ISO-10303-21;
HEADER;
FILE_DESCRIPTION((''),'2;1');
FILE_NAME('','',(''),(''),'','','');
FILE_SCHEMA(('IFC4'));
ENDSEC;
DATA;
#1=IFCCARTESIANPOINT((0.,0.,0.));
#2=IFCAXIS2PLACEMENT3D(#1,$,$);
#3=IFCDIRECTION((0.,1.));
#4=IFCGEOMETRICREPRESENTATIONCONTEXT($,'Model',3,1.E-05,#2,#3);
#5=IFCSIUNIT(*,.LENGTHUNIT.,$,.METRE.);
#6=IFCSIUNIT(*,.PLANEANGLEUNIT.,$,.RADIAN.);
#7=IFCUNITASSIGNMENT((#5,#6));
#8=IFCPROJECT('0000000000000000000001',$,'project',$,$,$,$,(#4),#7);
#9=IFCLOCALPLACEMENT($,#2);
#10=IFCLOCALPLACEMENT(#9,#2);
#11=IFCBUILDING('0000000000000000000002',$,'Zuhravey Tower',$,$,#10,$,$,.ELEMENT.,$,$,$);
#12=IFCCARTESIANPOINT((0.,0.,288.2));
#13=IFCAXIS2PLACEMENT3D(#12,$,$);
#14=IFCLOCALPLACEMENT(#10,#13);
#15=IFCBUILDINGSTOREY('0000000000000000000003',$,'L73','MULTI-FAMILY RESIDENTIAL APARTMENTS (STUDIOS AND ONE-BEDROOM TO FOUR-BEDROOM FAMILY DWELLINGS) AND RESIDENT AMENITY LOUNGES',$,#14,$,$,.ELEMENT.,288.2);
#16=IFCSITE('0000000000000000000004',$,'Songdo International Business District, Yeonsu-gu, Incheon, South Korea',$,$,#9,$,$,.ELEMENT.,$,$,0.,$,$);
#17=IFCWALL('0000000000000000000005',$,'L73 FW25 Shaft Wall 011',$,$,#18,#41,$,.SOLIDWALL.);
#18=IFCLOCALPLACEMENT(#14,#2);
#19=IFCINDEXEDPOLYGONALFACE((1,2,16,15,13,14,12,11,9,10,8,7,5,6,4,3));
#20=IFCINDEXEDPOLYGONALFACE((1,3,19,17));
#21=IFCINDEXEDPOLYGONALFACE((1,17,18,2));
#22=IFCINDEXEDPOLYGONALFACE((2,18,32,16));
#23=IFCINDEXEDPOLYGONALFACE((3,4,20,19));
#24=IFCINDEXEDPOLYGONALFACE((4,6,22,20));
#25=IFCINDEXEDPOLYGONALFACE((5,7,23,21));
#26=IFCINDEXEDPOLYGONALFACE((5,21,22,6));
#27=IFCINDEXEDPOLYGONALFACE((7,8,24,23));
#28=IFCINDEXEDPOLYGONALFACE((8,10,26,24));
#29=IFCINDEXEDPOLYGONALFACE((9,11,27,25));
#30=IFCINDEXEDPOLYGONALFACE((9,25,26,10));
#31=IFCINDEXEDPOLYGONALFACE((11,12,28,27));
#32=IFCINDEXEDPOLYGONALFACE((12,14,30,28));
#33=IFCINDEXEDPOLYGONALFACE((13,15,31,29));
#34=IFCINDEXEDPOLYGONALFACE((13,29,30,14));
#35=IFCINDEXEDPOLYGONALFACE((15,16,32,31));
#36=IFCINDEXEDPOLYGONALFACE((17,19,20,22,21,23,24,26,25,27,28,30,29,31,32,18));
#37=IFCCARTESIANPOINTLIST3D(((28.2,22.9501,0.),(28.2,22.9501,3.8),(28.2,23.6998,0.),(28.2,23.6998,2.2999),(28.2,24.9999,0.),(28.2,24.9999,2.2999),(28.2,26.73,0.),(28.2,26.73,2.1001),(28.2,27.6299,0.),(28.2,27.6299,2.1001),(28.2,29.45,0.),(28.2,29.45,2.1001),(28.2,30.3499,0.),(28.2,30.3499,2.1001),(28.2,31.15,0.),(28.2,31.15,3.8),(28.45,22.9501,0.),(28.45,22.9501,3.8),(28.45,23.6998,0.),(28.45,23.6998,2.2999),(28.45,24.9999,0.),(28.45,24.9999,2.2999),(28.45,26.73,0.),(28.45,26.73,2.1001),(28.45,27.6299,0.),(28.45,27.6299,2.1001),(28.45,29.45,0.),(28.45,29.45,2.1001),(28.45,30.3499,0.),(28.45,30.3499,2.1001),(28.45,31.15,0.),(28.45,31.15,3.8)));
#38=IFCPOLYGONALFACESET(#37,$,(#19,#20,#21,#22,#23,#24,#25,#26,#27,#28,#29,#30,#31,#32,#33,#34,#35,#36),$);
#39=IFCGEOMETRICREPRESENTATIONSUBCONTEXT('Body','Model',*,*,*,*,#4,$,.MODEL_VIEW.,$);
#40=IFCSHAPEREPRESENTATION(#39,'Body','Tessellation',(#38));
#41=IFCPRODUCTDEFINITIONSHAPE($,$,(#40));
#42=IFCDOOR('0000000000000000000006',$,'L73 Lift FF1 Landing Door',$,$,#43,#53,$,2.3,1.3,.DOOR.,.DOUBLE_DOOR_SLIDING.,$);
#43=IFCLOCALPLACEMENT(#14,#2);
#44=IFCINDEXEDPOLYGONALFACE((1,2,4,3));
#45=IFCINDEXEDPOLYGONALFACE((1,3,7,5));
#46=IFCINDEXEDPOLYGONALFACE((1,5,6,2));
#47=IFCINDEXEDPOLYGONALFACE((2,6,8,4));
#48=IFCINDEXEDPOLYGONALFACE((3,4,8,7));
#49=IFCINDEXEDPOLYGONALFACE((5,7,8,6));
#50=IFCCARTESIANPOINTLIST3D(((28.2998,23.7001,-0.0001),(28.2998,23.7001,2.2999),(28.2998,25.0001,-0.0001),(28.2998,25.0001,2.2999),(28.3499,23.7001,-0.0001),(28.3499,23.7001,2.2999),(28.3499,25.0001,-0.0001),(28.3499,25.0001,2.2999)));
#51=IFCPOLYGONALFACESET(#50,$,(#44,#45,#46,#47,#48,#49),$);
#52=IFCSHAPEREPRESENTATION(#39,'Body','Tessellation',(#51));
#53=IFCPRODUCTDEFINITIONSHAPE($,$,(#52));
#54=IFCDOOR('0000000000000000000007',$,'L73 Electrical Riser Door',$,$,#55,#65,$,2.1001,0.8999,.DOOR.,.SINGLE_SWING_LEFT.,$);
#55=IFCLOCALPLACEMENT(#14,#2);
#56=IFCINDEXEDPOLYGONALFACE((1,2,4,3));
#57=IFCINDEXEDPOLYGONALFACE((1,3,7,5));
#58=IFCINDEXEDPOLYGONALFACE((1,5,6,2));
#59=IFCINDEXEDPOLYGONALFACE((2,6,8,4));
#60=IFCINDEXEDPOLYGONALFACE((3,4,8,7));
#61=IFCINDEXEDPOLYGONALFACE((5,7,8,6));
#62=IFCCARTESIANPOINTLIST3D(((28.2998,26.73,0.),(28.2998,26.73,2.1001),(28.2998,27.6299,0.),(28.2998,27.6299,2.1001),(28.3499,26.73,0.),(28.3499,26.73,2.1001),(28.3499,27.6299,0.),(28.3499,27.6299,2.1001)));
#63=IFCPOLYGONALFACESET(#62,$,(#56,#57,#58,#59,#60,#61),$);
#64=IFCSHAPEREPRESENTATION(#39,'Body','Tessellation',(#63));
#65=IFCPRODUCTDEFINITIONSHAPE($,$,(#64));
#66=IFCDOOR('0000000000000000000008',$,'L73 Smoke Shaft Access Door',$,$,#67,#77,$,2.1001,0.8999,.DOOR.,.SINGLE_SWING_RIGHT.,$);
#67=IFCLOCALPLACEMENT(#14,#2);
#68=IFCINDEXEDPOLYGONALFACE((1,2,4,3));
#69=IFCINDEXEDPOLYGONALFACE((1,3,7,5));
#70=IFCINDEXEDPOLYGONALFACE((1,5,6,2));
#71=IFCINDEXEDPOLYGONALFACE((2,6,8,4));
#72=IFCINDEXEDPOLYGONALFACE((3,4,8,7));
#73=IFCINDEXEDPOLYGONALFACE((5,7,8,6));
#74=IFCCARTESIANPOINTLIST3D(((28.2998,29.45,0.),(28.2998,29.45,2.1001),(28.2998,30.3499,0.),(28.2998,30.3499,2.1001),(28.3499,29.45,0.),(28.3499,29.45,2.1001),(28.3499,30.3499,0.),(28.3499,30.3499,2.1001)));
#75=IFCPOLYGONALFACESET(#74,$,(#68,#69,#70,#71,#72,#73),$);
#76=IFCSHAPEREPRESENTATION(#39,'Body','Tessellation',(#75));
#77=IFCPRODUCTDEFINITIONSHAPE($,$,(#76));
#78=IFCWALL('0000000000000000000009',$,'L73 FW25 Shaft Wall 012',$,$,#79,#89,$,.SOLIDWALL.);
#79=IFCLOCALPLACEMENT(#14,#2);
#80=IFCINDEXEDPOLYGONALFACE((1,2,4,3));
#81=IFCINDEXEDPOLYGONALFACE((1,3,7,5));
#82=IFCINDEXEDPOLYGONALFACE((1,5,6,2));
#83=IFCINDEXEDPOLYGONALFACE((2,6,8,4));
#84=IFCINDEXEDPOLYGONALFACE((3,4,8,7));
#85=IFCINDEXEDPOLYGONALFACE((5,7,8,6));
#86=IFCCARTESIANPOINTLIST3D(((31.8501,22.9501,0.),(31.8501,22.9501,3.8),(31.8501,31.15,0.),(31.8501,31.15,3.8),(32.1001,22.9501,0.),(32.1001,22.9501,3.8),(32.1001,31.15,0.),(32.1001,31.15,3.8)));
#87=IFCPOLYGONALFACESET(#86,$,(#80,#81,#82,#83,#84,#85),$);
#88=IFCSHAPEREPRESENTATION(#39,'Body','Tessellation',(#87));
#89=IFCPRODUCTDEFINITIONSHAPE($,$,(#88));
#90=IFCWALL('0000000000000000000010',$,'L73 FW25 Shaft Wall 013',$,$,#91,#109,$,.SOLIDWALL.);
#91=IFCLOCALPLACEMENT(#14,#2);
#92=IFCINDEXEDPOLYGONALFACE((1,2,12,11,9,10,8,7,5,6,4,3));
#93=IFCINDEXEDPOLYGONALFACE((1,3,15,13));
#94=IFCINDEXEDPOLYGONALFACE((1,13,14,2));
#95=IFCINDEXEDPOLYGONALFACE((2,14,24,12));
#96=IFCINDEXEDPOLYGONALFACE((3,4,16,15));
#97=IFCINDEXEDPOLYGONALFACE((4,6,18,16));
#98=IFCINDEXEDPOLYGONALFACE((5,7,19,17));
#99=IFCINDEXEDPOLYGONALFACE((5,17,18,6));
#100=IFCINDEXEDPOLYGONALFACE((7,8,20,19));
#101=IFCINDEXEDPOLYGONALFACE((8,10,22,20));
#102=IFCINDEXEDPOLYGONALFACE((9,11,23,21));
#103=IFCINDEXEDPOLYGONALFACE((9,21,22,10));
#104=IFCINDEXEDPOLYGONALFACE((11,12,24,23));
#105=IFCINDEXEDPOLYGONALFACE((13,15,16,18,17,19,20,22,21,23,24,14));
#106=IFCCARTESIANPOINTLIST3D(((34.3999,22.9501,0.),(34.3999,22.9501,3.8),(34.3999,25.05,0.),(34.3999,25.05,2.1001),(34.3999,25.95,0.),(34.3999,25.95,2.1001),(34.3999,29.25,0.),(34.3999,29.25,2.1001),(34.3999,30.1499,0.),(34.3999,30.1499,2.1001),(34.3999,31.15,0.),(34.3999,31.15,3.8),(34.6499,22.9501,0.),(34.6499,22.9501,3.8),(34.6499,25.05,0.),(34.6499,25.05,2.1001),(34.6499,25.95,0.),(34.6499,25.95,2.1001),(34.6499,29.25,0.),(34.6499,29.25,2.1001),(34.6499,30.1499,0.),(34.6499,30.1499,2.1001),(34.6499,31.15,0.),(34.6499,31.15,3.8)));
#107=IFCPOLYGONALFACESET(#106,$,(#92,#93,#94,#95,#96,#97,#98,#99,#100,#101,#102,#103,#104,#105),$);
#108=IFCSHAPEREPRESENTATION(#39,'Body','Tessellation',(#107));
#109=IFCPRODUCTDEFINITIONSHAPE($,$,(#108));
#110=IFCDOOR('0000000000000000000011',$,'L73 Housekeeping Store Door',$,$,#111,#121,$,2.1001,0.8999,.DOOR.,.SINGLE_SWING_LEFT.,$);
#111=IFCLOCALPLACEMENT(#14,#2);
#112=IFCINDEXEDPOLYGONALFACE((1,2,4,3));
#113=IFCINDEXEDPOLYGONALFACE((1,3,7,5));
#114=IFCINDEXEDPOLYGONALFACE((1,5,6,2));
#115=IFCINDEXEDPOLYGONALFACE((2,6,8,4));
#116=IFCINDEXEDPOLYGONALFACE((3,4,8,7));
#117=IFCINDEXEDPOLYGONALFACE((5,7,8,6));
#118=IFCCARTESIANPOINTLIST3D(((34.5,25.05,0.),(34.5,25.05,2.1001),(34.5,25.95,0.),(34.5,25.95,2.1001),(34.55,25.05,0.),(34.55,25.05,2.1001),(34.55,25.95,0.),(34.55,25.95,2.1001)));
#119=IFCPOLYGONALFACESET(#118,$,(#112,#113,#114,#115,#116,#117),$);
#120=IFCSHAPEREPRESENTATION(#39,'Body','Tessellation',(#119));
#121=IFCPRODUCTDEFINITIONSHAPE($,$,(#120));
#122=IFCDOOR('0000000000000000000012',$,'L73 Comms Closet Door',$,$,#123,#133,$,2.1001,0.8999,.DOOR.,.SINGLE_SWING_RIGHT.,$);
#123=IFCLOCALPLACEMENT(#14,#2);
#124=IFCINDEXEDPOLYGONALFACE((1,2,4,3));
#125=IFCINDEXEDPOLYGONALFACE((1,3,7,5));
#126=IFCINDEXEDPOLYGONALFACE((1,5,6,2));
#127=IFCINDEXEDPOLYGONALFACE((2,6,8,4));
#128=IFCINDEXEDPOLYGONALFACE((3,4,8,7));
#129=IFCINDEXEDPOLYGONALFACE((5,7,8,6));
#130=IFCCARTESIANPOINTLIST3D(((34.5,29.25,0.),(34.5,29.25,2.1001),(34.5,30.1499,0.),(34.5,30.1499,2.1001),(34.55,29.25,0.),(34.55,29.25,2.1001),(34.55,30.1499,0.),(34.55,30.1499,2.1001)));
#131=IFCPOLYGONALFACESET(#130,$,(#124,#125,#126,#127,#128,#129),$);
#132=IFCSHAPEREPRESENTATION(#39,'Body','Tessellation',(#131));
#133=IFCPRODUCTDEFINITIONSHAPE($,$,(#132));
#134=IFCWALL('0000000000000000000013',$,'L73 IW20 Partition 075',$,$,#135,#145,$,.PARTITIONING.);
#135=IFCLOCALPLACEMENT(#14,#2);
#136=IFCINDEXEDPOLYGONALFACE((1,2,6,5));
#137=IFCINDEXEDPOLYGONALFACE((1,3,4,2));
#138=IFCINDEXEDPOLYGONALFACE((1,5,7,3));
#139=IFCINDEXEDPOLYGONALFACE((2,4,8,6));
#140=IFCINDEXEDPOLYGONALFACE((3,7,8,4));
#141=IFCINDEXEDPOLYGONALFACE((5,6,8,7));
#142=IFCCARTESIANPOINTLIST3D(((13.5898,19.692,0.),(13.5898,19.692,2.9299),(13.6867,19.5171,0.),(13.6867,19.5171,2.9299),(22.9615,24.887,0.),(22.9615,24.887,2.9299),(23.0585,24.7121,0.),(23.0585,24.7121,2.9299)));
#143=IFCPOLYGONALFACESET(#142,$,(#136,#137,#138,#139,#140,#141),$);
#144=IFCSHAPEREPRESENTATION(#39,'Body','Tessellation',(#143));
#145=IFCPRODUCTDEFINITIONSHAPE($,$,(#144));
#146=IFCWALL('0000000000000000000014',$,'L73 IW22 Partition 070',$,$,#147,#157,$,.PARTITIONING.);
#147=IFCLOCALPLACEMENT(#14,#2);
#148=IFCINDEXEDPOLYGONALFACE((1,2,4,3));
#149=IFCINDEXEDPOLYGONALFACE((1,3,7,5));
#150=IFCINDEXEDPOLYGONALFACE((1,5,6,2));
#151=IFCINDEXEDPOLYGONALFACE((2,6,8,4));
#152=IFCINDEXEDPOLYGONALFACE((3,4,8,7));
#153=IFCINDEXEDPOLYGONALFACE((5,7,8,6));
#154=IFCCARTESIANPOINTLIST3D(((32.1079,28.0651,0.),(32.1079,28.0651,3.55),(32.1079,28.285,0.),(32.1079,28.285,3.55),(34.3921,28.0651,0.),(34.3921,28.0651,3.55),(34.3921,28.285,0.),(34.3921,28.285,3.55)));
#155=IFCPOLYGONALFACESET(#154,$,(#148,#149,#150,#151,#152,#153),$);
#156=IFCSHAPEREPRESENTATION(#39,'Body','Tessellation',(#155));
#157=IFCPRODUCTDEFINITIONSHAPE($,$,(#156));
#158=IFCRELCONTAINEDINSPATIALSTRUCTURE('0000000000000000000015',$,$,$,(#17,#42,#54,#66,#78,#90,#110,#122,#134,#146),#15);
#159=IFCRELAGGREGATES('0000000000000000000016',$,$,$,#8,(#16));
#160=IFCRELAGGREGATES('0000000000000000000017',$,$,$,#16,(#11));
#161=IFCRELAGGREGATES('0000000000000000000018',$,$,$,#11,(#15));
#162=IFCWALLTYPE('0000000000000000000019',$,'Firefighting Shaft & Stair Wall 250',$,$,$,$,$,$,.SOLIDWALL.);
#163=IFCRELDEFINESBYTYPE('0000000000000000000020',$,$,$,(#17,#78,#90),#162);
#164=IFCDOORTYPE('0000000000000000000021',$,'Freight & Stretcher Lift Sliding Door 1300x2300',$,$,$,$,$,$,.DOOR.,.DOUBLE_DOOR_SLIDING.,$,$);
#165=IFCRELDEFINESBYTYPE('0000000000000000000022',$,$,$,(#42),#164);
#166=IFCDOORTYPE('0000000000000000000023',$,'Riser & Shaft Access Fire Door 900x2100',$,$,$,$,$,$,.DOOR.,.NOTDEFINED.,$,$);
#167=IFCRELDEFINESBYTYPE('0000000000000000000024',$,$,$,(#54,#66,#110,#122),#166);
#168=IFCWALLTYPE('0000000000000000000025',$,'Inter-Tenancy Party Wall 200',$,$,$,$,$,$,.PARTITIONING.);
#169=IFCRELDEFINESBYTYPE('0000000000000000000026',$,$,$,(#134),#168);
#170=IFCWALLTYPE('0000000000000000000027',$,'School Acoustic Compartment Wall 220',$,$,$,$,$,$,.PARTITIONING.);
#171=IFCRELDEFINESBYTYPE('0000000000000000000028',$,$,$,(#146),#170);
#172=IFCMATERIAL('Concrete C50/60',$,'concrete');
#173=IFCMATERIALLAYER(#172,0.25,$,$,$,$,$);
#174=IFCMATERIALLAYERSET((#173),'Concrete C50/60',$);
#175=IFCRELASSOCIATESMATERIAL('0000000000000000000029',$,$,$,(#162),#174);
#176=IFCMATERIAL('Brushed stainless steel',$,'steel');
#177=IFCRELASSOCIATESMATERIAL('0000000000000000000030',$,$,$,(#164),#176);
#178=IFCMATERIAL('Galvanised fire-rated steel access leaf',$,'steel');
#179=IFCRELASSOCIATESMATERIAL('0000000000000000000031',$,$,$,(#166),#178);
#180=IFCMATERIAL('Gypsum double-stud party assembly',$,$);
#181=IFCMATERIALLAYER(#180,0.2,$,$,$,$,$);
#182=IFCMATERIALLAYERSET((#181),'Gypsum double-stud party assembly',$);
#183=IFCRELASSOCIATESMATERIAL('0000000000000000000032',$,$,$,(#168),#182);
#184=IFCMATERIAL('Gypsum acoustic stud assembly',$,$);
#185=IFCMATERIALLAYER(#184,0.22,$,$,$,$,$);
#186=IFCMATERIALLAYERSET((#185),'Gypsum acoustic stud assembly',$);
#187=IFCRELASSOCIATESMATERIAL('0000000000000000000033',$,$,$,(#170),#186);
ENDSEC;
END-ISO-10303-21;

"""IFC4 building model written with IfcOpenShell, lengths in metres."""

from ifc_helpers import new_model, si_unit, direction, frame, frame_2d, origin, place, context, subcontext, project, spatial, rectangle, extrude, material, layer, layer_set, type_object, element, fill, save


model = new_model("IFC4")

# Units and contexts
model_context = context("Model", 3, precision=1e-05, world=origin(), true_north=direction((0.0, 1.0)))
body_context = subcontext(model_context, "Body", "Model", "MODEL_VIEW")
ifc_project = project(units=[si_unit("LENGTHUNIT", "METRE"), si_unit("PLANEANGLEUNIT", "RADIAN")], contexts=[model_context])

# Site, building, storey
site_placement = place(None, origin())
site = spatial("IfcSite", under=ifc_project, at=site_placement, Name="Songdo International Business District, Yeonsu-gu, Incheon, South Korea", CompositionType="ELEMENT", RefElevation=0.0)
building_placement = place(site_placement, origin())
building = spatial("IfcBuilding", under=site, at=building_placement, Name="Zuhravey Tower", CompositionType="ELEMENT")
storey_placement = place(building_placement, frame((0.0, 0.0, 288.2)))
storey = spatial("IfcBuildingStorey", under=building, at=storey_placement, Name="L73", Description="MULTI-FAMILY RESIDENTIAL APARTMENTS (STUDIOS AND ONE-BEDROOM TO FOUR-BEDROOM FAMILY DWELLINGS) AND RESIDENT AMENITY LOUNGES", CompositionType="ELEMENT", Elevation=288.2)

# Shared definitions
ifc_material_1 = material(Name="Concrete C50/60", Category="concrete")

# Shared definitions
ifc_layer_1 = layer(ifc_material_1, 0.25)
ifc_layer_set_1 = layer_set([ifc_layer_1], Name="Concrete C50/60")
wall_type_1 = type_object("IfcWallType", Name="Firefighting Shaft & Stair Wall 250", PredefinedType="SOLIDWALL", material=ifc_layer_set_1)

# Wall, openings, doors
wall_1_placement = place(storey_placement, frame((28.325, 22.95, 0.0), z_axis=(0.0, 0.0, 1.0), x_axis=(0.0, 1.0, 0.0)))
wall_1 = element("IfcWall", 1, at=wall_1_placement, inside=storey, type_object=wall_type_1, Name="L73 FW25 Shaft Wall 011", PredefinedType="SOLIDWALL", context=body_context, shape_type="SweptSolid", body=[
    extrude(rectangle(XDim=8.2, YDim=0.25, at=frame_2d((4.1001, 0.0))), origin(), (0.0, 0.0, 1.0), 3.8),
])
opening_1_placement = place(wall_1_placement, frame((0.75, 0.0, 0.0)))
opening_1 = element("IfcOpeningElement", 2, at=opening_1_placement, cuts=wall_1, PredefinedType="OPENING", context=body_context, shape_type="SweptSolid", body=[
    extrude(rectangle(XDim=1.3, YDim=2.3, at=frame_2d((0.6499, 1.1499))), frame((0.0, 0.137, 0.0), z_axis=(0.0, -1.0, 0.0), x_axis=(1.0, 0.0, 0.0)), (0.0, 0.0, 1.0), 0.2739),
])
opening_2_placement = place(wall_1_placement, frame((3.78, 0.0, 0.0)))
opening_2 = element("IfcOpeningElement", 3, at=opening_2_placement, cuts=wall_1, PredefinedType="OPENING", context=body_context, shape_type="SweptSolid", body=[
    extrude(rectangle(XDim=0.8999, YDim=2.1001, at=frame_2d((0.45, 1.05))), frame((0.0, 0.137, 0.0), z_axis=(0.0, -1.0, 0.0), x_axis=(1.0, 0.0, 0.0)), (0.0, 0.0, 1.0), 0.2739),
])
opening_3_placement = place(wall_1_placement, frame((6.5, 0.0, 0.0)))
opening_3 = element("IfcOpeningElement", 4, at=opening_3_placement, cuts=wall_1, PredefinedType="OPENING", context=body_context, shape_type="SweptSolid", body=[
    extrude(rectangle(XDim=0.8999, YDim=2.1001, at=frame_2d((0.45, 1.05))), frame((0.0, 0.137, 0.0), z_axis=(0.0, -1.0, 0.0), x_axis=(1.0, 0.0, 0.0)), (0.0, 0.0, 1.0), 0.2739),
])
ifc_material_2 = material(Name="Brushed stainless steel", Category="steel")
door_type_1 = type_object("IfcDoorType", Name="Freight & Stretcher Lift Sliding Door 1300x2300", OperationType="DOUBLE_DOOR_SLIDING", PredefinedType="DOOR", material=ifc_material_2)
door_1_placement = place(opening_1_placement, frame((1.3, 0.0, 0.0), z_axis=(0.0, 0.0, 1.0), x_axis=(-1.0, 0.0, 0.0)))
door_1 = element("IfcDoor", 5, at=door_1_placement, inside=storey, type_object=door_type_1, Name="L73 Lift FF1 Landing Door", OperationType="DOUBLE_DOOR_SLIDING", OverallHeight=2.3, OverallWidth=1.3, PredefinedType="DOOR", context=body_context, shape_type="SweptSolid", body=[
    extrude(rectangle(XDim=1.3, YDim=2.3, at=frame_2d((0.6499, 1.1499))), frame((0.0, 0.0249, 0.0), z_axis=(0.0, -1.0, 0.0), x_axis=(1.0, 0.0, 0.0)), (0.0, 0.0, 1.0), 0.05),
])
fill(opening_1, door_1)
ifc_material_3 = material(Name="Galvanised fire-rated steel access leaf", Category="steel")
door_type_2 = type_object("IfcDoorType", Name="Riser & Shaft Access Fire Door 900x2100", OperationType="NOTDEFINED", PredefinedType="DOOR", material=ifc_material_3)
door_2_placement = place(opening_2_placement, frame((0.8999, 0.0, 0.0), z_axis=(0.0, 0.0, 1.0), x_axis=(-1.0, 0.0, 0.0)))
door_2 = element("IfcDoor", 6, at=door_2_placement, inside=storey, type_object=door_type_2, Name="L73 Electrical Riser Door", OperationType="SINGLE_SWING_LEFT", OverallHeight=2.1001, OverallWidth=0.8999, PredefinedType="DOOR", context=body_context, shape_type="SweptSolid", body=[
    extrude(rectangle(XDim=0.8999, YDim=2.1001, at=frame_2d((0.45, 1.05))), frame((0.0, 0.0249, 0.0), z_axis=(0.0, -1.0, 0.0), x_axis=(1.0, 0.0, 0.0)), (0.0, 0.0, 1.0), 0.05),
])
fill(opening_2, door_2)
door_3_placement = place(opening_3_placement, frame((0.8999, 0.0, 0.0), z_axis=(0.0, 0.0, 1.0), x_axis=(-1.0, 0.0, 0.0)))
door_3 = element("IfcDoor", 7, at=door_3_placement, inside=storey, type_object=door_type_2, Name="L73 Smoke Shaft Access Door", OperationType="SINGLE_SWING_RIGHT", OverallHeight=2.1001, OverallWidth=0.8999, PredefinedType="DOOR", context=body_context, shape_type="SweptSolid", body=[
    extrude(rectangle(XDim=0.8999, YDim=2.1001, at=frame_2d((0.45, 1.05))), frame((0.0, 0.0249, 0.0), z_axis=(0.0, -1.0, 0.0), x_axis=(1.0, 0.0, 0.0)), (0.0, 0.0, 1.0), 0.05),
])
fill(opening_3, door_3)

# Wall
wall_2_placement = place(storey_placement, frame((31.9751, 22.95, 0.0), z_axis=(0.0, 0.0, 1.0), x_axis=(0.0, 1.0, 0.0)))
element("IfcWall", 8, at=wall_2_placement, inside=storey, type_object=wall_type_1, Name="L73 FW25 Shaft Wall 012", PredefinedType="SOLIDWALL", context=body_context, shape_type="SweptSolid", body=[
    extrude(rectangle(XDim=8.2, YDim=0.25, at=frame_2d((4.1001, 0.0))), origin(), (0.0, 0.0, 1.0), 3.8),
])

# Wall, openings, doors
wall_3_placement = place(storey_placement, frame((34.5249, 22.95, 0.0), z_axis=(0.0, 0.0, 1.0), x_axis=(0.0, 1.0, 0.0)))
wall_3 = element("IfcWall", 9, at=wall_3_placement, inside=storey, type_object=wall_type_1, Name="L73 FW25 Shaft Wall 013", PredefinedType="SOLIDWALL", context=body_context, shape_type="SweptSolid", body=[
    extrude(rectangle(XDim=8.2, YDim=0.25, at=frame_2d((4.1001, 0.0))), origin(), (0.0, 0.0, 1.0), 3.8),
])
opening_4_placement = place(wall_3_placement, frame((2.1001, 0.0, 0.0)))
opening_4 = element("IfcOpeningElement", 10, at=opening_4_placement, cuts=wall_3, PredefinedType="OPENING", context=body_context, shape_type="SweptSolid", body=[
    extrude(rectangle(XDim=0.8999, YDim=2.1001, at=frame_2d((0.45, 1.05))), frame((0.0, 0.137, 0.0), z_axis=(0.0, -1.0, 0.0), x_axis=(1.0, 0.0, 0.0)), (0.0, 0.0, 1.0), 0.2739),
])
opening_5_placement = place(wall_3_placement, frame((6.3, 0.0, 0.0)))
opening_5 = element("IfcOpeningElement", 11, at=opening_5_placement, cuts=wall_3, PredefinedType="OPENING", context=body_context, shape_type="SweptSolid", body=[
    extrude(rectangle(XDim=0.8999, YDim=2.1001, at=frame_2d((0.45, 1.05))), frame((0.0, 0.137, 0.0), z_axis=(0.0, -1.0, 0.0), x_axis=(1.0, 0.0, 0.0)), (0.0, 0.0, 1.0), 0.2739),
])
door_4_placement = place(opening_4_placement, origin())
door_4 = element("IfcDoor", 12, at=door_4_placement, inside=storey, type_object=door_type_2, Name="L73 Housekeeping Store Door", OperationType="SINGLE_SWING_LEFT", OverallHeight=2.1001, OverallWidth=0.8999, PredefinedType="DOOR", context=body_context, shape_type="SweptSolid", body=[
    extrude(rectangle(XDim=0.8999, YDim=2.1001, at=frame_2d((0.45, 1.05))), frame((0.0, 0.0249, 0.0), z_axis=(0.0, -1.0, 0.0), x_axis=(1.0, 0.0, 0.0)), (0.0, 0.0, 1.0), 0.05),
])
fill(opening_4, door_4)
door_5_placement = place(opening_5_placement, origin())
door_5 = element("IfcDoor", 13, at=door_5_placement, inside=storey, type_object=door_type_2, Name="L73 Comms Closet Door", OperationType="SINGLE_SWING_RIGHT", OverallHeight=2.1001, OverallWidth=0.8999, PredefinedType="DOOR", context=body_context, shape_type="SweptSolid", body=[
    extrude(rectangle(XDim=0.8999, YDim=2.1001, at=frame_2d((0.45, 1.05))), frame((0.0, 0.0249, 0.0), z_axis=(0.0, -1.0, 0.0), x_axis=(1.0, 0.0, 0.0)), (0.0, 0.0, 1.0), 0.05),
])
fill(opening_5, door_5)

# Walls
ifc_material_4 = material(Name="Gypsum double-stud party assembly")
ifc_layer_2 = layer(ifc_material_4, 0.2)
ifc_layer_set_2 = layer_set([ifc_layer_2], Name="Gypsum double-stud party assembly")
wall_type_2 = type_object("IfcWallType", Name="Inter-Tenancy Party Wall 200", PredefinedType="PARTITIONING", material=ifc_layer_set_2)
wall_4_placement = place(storey_placement, frame((23.01, 24.7996, 0.0), z_axis=(0.0, 0.0, 1.0), x_axis=(-0.874613, -0.484822, 0.0)))
element("IfcWall", 14, at=wall_4_placement, inside=storey, type_object=wall_type_2, Name="L73 IW20 Partition 075", PredefinedType="PARTITIONING", context=body_context, shape_type="SweptSolid", body=[
    extrude(rectangle(XDim=10.7153, YDim=0.2, at=frame_2d((5.3577, 0.0))), origin(), (0.0, 0.0, 1.0), 2.9299),
])
ifc_material_5 = material(Name="Gypsum acoustic stud assembly")
ifc_layer_3 = layer(ifc_material_5, 0.22)
ifc_layer_set_3 = layer_set([ifc_layer_3], Name="Gypsum acoustic stud assembly")
wall_type_3 = type_object("IfcWallType", Name="School Acoustic Compartment Wall 220", PredefinedType="PARTITIONING", material=ifc_layer_set_3)
wall_5_placement = place(storey_placement, frame((32.1079, 28.175, 0.0), z_axis=(0.0, 0.0, 1.0), x_axis=(1.0, 0.0, 0.0)))
element("IfcWall", 15, at=wall_5_placement, inside=storey, type_object=wall_type_3, Name="L73 IW22 Partition 070", PredefinedType="PARTITIONING", context=body_context, shape_type="SweptSolid", body=[
    extrude(rectangle(XDim=2.2842, YDim=0.22, at=frame_2d((1.1421, 0.0))), origin(), (0.0, 0.0, 1.0), 3.55),
])

save(model, "model.ifc")
